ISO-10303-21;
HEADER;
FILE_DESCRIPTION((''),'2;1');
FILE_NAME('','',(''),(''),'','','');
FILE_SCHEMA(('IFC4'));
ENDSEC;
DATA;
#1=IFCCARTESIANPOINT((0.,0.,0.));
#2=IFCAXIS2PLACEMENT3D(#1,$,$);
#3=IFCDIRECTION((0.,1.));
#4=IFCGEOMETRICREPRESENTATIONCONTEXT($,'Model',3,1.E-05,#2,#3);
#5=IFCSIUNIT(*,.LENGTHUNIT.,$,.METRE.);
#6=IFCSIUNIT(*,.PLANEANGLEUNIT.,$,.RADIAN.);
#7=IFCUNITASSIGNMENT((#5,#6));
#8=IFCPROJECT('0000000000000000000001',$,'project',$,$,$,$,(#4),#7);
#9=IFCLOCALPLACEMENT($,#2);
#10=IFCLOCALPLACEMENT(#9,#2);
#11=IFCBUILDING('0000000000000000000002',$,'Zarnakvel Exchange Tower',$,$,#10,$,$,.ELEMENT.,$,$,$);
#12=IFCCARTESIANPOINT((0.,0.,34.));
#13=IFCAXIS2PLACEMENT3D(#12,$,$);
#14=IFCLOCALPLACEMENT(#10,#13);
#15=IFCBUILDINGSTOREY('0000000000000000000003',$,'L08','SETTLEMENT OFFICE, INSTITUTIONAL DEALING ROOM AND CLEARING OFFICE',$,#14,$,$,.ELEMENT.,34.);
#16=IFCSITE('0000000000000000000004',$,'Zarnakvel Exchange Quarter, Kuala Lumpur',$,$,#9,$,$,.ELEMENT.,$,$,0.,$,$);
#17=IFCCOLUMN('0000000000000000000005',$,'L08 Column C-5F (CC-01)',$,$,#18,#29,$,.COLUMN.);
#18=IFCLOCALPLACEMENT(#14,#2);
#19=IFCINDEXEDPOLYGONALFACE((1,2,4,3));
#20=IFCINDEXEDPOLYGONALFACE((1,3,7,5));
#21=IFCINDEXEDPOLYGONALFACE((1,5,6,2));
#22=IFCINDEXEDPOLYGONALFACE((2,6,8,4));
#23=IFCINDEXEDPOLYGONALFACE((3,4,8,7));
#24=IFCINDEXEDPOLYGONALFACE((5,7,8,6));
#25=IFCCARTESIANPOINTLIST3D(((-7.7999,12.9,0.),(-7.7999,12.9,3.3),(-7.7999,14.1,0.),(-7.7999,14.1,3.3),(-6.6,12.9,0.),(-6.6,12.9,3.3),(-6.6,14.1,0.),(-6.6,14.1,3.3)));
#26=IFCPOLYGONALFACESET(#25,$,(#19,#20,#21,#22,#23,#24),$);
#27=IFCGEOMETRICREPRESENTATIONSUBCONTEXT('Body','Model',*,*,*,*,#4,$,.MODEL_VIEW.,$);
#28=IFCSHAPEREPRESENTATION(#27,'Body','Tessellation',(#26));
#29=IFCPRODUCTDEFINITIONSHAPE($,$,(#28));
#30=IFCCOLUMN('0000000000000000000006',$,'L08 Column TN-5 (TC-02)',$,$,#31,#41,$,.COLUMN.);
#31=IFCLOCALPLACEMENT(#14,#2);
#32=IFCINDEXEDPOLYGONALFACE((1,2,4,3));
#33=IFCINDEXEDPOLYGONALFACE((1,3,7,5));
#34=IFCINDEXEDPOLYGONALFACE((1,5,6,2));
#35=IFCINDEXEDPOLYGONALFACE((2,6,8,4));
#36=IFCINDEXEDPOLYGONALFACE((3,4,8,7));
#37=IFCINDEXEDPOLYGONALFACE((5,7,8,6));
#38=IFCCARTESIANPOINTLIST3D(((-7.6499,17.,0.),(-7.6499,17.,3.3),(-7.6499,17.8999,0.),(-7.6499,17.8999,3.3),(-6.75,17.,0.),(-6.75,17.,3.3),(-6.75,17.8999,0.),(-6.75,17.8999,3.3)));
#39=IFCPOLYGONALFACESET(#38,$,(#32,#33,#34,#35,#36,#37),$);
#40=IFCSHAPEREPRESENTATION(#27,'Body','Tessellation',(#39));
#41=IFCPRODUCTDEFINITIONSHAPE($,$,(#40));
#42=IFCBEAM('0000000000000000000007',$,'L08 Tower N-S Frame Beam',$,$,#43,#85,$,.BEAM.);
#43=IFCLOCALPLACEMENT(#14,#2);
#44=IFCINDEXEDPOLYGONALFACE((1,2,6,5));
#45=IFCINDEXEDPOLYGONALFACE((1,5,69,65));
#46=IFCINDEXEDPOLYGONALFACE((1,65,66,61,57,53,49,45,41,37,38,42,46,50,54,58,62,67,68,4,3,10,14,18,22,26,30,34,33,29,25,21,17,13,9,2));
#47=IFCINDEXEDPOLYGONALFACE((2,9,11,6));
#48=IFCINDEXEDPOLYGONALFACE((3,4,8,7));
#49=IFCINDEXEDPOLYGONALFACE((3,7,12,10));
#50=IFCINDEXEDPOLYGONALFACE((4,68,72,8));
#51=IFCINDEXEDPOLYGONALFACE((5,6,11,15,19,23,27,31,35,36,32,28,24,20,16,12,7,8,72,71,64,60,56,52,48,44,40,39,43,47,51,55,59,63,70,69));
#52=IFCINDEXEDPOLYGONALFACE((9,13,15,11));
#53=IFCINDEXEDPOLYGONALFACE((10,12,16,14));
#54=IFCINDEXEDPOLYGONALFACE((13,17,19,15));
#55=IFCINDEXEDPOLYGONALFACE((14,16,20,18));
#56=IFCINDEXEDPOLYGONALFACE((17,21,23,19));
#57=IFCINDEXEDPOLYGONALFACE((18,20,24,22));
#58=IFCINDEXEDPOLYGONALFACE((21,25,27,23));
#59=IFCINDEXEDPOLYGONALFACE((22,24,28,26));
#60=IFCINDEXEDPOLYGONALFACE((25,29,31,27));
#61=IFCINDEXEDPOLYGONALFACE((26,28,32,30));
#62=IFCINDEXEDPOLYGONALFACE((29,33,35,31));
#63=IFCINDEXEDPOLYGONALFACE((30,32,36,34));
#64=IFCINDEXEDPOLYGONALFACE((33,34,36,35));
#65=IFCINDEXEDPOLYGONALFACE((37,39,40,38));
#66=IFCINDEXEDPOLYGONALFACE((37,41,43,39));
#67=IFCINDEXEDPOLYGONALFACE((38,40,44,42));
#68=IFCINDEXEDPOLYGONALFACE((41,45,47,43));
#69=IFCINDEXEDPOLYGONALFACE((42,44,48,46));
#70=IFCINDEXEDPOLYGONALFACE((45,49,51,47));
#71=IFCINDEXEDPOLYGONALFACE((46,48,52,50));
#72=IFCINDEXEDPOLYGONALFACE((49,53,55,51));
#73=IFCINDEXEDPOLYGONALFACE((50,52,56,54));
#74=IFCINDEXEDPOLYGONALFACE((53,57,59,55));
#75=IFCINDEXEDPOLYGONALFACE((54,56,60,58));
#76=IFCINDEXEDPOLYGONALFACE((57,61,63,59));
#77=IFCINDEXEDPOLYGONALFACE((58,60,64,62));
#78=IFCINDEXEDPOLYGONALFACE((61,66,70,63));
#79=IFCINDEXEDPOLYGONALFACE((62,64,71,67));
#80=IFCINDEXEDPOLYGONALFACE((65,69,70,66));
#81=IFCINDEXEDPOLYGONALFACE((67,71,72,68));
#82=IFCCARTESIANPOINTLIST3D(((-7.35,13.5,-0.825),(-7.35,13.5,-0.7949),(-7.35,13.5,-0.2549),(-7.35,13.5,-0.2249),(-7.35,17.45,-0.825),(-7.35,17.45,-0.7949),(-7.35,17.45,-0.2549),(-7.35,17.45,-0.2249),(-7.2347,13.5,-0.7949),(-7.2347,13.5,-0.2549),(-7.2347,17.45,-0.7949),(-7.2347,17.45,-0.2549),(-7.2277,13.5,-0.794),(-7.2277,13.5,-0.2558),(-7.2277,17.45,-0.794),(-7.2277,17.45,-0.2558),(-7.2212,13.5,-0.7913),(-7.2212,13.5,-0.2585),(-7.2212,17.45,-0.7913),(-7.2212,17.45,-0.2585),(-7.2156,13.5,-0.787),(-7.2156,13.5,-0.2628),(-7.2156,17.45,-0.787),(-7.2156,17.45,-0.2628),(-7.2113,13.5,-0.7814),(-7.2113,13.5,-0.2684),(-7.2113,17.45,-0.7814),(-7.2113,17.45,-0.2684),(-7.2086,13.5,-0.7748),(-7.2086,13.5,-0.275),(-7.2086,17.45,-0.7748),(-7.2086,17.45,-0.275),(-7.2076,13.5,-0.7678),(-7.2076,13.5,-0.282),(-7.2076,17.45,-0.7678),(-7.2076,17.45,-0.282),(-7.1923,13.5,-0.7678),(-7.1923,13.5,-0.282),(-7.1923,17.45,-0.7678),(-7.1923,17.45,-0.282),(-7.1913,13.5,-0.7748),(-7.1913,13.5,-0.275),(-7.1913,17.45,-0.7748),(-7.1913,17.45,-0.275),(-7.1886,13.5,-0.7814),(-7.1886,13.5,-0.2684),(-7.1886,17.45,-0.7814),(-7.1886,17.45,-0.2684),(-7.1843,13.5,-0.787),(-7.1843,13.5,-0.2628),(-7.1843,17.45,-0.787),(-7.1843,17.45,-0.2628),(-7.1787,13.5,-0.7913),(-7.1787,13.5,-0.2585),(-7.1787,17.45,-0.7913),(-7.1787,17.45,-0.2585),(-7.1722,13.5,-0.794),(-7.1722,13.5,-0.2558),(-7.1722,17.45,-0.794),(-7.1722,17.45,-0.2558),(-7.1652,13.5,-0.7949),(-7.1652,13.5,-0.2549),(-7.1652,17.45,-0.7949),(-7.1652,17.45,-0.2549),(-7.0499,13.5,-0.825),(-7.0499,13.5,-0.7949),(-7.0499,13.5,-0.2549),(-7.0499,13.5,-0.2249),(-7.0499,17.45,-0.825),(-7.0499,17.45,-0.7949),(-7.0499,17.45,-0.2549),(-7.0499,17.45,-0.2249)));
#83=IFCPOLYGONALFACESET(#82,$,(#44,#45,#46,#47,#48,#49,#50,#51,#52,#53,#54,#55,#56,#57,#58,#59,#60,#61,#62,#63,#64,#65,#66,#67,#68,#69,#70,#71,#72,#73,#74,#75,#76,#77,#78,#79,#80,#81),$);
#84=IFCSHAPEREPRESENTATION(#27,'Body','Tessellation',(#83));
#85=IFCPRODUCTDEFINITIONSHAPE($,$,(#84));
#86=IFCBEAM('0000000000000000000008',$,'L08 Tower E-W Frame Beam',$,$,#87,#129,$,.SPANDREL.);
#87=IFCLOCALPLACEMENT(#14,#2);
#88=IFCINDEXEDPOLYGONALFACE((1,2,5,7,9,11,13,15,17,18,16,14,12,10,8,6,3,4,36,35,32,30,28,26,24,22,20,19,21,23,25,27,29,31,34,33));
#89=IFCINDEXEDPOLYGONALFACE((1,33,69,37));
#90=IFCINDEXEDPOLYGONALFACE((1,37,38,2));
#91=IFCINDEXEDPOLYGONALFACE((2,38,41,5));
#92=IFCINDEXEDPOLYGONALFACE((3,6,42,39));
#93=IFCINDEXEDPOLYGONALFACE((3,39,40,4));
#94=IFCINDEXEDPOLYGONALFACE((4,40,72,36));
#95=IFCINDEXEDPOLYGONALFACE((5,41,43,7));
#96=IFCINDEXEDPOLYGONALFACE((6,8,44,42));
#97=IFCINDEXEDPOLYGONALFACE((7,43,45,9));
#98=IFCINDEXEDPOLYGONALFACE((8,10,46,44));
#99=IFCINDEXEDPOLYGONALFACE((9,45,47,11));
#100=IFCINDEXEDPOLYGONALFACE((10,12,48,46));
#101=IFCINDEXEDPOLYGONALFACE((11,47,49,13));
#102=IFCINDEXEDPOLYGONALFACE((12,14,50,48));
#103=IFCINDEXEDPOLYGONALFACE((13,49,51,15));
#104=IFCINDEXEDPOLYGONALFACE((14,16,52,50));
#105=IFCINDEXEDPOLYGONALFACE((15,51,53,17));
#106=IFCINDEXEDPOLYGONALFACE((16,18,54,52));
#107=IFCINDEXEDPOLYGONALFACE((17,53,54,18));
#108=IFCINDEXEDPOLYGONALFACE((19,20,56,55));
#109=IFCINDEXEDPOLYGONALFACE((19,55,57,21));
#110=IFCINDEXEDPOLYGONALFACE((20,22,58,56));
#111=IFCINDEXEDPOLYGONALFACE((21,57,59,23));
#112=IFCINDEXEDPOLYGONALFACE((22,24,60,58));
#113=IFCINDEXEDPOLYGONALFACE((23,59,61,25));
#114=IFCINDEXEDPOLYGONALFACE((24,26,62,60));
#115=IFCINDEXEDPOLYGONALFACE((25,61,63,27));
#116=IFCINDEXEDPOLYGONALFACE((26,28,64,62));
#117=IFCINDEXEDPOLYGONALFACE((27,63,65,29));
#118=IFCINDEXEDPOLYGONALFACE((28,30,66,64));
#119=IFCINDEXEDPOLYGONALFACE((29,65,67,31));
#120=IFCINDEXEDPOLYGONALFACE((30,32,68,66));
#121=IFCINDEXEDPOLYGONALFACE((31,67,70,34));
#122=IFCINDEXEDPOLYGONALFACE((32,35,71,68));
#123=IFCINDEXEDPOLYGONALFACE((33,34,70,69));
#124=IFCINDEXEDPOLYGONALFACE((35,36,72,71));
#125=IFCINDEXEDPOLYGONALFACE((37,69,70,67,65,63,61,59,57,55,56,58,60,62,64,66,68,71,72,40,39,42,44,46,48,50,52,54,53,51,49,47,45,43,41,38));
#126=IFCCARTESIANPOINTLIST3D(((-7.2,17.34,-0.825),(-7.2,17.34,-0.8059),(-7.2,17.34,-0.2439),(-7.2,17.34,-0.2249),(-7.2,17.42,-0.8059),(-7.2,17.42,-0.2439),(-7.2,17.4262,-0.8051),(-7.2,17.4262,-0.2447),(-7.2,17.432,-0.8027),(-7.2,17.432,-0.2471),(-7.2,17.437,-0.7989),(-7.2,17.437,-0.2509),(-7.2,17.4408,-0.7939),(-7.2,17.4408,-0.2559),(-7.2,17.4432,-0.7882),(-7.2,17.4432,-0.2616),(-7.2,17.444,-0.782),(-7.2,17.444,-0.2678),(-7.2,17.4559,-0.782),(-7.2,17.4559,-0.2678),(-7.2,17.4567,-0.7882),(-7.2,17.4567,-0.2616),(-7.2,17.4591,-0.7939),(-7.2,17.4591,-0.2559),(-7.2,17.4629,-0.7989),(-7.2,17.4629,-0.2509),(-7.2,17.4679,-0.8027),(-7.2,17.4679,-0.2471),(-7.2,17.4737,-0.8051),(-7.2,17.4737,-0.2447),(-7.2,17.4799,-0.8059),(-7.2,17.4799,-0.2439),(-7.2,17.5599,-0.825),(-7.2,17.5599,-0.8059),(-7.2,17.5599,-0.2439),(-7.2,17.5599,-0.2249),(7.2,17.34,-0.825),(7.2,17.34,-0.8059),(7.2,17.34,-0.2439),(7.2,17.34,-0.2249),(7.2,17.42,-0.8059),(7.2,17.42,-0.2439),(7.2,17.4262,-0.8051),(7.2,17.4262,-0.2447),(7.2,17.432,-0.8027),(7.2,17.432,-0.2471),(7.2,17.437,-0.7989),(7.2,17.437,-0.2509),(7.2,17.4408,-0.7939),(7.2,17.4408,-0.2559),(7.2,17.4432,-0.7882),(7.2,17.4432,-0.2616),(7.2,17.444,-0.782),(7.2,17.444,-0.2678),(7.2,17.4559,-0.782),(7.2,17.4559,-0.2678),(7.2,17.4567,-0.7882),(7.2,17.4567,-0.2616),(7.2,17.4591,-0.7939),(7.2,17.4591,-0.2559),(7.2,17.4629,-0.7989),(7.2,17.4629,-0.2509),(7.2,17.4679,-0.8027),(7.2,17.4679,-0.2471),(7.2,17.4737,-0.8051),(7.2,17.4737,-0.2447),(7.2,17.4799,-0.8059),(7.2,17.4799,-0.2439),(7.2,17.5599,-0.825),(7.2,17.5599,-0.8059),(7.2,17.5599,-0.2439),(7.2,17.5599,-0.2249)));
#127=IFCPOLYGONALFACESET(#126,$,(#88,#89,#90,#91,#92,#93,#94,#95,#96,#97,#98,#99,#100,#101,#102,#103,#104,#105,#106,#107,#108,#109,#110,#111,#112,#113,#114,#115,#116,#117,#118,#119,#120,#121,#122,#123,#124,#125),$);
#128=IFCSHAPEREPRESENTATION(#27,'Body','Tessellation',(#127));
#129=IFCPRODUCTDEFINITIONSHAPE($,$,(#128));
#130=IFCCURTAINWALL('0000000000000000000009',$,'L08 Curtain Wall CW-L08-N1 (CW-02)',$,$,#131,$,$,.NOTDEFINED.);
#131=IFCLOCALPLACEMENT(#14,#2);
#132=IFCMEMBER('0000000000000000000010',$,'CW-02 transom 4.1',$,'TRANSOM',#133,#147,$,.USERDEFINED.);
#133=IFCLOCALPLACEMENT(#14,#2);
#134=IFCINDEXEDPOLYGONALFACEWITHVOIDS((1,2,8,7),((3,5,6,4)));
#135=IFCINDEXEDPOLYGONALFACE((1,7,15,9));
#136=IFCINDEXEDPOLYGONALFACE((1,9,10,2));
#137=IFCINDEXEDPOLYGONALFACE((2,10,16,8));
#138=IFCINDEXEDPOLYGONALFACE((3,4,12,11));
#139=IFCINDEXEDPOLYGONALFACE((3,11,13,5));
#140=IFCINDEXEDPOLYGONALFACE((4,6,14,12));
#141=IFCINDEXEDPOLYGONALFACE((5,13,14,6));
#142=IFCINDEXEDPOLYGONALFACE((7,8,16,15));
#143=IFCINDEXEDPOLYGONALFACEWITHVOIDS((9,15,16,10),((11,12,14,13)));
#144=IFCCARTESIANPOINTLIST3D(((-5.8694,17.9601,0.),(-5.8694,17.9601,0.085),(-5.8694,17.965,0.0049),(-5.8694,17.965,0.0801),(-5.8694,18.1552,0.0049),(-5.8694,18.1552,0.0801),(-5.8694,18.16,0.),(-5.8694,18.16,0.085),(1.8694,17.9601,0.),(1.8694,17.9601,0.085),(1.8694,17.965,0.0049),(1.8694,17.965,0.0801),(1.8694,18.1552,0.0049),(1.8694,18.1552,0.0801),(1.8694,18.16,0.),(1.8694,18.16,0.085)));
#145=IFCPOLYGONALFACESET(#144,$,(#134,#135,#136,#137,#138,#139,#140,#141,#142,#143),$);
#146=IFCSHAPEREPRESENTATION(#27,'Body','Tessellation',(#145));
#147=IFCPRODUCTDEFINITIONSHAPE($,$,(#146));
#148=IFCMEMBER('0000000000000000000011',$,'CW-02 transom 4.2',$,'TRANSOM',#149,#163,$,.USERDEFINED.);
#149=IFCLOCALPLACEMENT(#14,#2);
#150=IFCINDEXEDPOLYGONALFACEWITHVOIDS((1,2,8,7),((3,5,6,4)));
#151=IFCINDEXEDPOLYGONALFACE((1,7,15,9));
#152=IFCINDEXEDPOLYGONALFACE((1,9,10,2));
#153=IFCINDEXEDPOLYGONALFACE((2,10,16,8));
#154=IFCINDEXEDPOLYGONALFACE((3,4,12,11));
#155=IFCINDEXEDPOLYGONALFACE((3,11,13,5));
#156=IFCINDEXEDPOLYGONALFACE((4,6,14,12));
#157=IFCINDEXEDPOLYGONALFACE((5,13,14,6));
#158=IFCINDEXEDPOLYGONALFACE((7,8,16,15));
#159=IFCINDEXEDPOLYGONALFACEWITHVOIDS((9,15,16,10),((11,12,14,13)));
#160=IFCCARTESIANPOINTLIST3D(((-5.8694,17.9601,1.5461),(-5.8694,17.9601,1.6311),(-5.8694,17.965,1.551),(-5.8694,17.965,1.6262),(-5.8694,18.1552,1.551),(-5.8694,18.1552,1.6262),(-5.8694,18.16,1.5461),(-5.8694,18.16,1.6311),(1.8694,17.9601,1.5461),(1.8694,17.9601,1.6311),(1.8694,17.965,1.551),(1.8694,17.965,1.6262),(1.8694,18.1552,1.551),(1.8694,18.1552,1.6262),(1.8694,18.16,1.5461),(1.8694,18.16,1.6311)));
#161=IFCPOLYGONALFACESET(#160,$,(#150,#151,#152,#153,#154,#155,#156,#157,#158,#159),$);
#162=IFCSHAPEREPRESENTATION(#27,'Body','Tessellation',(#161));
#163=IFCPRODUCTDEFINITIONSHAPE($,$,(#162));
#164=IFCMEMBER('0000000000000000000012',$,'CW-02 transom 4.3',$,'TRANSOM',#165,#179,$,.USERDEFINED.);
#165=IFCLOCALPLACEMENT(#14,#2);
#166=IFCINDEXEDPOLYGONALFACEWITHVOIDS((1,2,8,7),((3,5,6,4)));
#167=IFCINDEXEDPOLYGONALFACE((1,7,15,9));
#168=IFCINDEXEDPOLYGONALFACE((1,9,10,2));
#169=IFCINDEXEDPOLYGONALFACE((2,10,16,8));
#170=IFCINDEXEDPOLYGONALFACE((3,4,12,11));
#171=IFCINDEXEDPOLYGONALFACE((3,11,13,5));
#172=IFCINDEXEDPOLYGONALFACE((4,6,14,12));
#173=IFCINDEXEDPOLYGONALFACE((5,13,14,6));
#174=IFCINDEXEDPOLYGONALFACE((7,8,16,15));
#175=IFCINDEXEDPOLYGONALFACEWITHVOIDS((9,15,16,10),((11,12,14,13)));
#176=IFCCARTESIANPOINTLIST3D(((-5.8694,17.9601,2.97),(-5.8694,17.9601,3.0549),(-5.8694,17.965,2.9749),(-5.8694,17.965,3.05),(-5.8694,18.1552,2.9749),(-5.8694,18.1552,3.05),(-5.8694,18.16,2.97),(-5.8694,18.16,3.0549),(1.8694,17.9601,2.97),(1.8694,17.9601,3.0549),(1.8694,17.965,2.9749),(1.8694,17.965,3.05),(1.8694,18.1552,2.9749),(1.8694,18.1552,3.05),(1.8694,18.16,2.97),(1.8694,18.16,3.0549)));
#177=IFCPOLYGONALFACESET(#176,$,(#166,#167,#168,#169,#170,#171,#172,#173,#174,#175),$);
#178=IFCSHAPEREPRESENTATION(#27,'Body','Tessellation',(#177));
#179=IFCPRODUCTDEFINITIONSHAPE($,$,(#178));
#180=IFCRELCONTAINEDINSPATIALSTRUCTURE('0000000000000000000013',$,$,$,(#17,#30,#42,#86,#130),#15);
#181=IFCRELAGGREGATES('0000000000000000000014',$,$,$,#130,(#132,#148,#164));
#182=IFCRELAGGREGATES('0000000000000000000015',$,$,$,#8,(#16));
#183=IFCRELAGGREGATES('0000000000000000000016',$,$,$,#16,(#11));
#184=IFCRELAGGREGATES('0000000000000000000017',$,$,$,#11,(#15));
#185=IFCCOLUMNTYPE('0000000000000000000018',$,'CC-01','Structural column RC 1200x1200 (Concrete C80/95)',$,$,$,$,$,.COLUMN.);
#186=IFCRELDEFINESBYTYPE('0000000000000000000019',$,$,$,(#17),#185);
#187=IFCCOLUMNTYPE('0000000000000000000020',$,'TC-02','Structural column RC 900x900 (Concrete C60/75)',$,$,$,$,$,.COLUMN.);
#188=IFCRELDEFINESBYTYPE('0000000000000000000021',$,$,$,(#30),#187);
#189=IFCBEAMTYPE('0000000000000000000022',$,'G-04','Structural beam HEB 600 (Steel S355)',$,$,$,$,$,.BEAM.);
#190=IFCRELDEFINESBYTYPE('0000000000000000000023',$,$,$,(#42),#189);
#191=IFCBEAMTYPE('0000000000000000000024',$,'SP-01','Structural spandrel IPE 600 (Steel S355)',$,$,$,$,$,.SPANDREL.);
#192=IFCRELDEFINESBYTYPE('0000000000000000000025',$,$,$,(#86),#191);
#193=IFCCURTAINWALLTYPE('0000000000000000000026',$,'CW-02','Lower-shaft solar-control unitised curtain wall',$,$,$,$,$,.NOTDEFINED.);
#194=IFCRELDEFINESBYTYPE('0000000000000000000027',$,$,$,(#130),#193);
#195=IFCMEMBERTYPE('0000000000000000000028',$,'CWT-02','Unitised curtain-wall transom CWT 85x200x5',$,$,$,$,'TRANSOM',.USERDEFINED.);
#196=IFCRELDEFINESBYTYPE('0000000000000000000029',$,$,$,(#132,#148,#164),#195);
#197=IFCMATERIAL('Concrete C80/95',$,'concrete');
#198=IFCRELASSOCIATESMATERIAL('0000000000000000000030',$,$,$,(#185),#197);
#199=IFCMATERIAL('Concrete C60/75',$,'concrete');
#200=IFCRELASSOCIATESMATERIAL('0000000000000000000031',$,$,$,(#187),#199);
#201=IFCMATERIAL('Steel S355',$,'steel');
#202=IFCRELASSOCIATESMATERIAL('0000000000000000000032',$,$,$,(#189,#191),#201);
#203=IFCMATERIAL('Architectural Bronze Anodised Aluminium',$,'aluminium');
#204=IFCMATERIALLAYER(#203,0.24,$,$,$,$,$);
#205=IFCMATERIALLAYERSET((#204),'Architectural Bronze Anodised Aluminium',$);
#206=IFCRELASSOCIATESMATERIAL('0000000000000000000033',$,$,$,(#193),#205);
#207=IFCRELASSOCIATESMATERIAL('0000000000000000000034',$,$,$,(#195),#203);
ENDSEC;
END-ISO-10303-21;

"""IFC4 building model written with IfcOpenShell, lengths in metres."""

from ifc_helpers import new_model, si_unit, direction, frame, origin, origin_2d, place, context, subcontext, project, spatial, rectangle, hollow_rectangle, i_section, extrude, source, transform, mapped, material, layer, layer_set, material_profile, profile_set, type_object, element, aggregate, save


model = new_model("IFC4")

# Units and contexts
model_context = context("Model", 3, precision=1e-05, world=origin(), true_north=direction((0.0, 1.0)))
body_context = subcontext(model_context, "Body", "Model", "MODEL_VIEW")
ifc_project = project(units=[si_unit("LENGTHUNIT", "METRE"), si_unit("PLANEANGLEUNIT", "RADIAN")], contexts=[model_context])

# Site, building, storey
site_placement = place(None, origin())
site = spatial("IfcSite", under=ifc_project, at=site_placement, Name="Zarnakvel Exchange Quarter, Kuala Lumpur", CompositionType="ELEMENT", RefElevation=0.0)
building_placement = place(site_placement, origin())
building = spatial("IfcBuilding", under=site, at=building_placement, Name="Zarnakvel Exchange Tower", CompositionType="ELEMENT")
storey_placement = place(building_placement, frame((0.0, 0.0, 34.0)))
storey = spatial("IfcBuildingStorey", under=building, at=storey_placement, Name="L08", Description="SETTLEMENT OFFICE, INSTITUTIONAL DEALING ROOM AND CLEARING OFFICE", CompositionType="ELEMENT", Elevation=34.0)

# Columns
ifc_material_1 = material(Name="Concrete C80/95", Category="concrete")
ifc_material_profile_1 = material_profile(ifc_material_1, rectangle(XDim=1.2, YDim=1.2, at=origin_2d()))
ifc_profile_set_1 = profile_set([ifc_material_profile_1], Name="Concrete C80/95")
column_type_1 = type_object("IfcColumnType", Name="CC-01", Description="Structural column RC 1200x1200 (Concrete C80/95)", PredefinedType="COLUMN", material=ifc_profile_set_1)
column_1_placement = place(storey_placement, frame((-7.2, 13.5, 0.0), z_axis=(0.0, 0.0, 1.0), x_axis=(1.0, 0.0, 0.0)))
element("IfcColumn", 1, at=column_1_placement, inside=storey, type_object=column_type_1, Name="L08 Column C-5F (CC-01)", PredefinedType="COLUMN", context=body_context, shape_type="SweptSolid", body=[
    extrude(rectangle(XDim=1.2, YDim=1.2, at=origin_2d()), origin(), (0.0, 0.0, 1.0), 3.3),
])
ifc_material_2 = material(Name="Concrete C60/75", Category="concrete")
ifc_material_profile_2 = material_profile(ifc_material_2, rectangle(XDim=0.8999, YDim=0.8999, at=origin_2d()))
ifc_profile_set_2 = profile_set([ifc_material_profile_2], Name="Concrete C60/75")
column_type_2 = type_object("IfcColumnType", Name="TC-02", Description="Structural column RC 900x900 (Concrete C60/75)", PredefinedType="COLUMN", material=ifc_profile_set_2)
column_2_placement = place(storey_placement, frame((-7.2, 17.45, 0.0), z_axis=(0.0, 0.0, 1.0), x_axis=(1.0, 0.0, 0.0)))
element("IfcColumn", 2, at=column_2_placement, inside=storey, type_object=column_type_2, Name="L08 Column TN-5 (TC-02)", PredefinedType="COLUMN", context=body_context, shape_type="SweptSolid", body=[
    extrude(rectangle(XDim=0.8999, YDim=0.8999, at=origin_2d()), origin(), (0.0, 0.0, 1.0), 3.3),
])

# Beams
ifc_material_3 = material(Name="Steel S355", Category="steel")
ifc_material_profile_3 = material_profile(ifc_material_3, i_section(OverallWidth=0.3, OverallDepth=0.6001, WebThickness=0.0154, FlangeThickness=0.03, FilletRadius=0.0271, at=origin_2d()))
ifc_profile_set_3 = profile_set([ifc_material_profile_3], Name="Steel S355")
beam_type_1 = type_object("IfcBeamType", Name="G-04", Description="Structural beam HEB 600 (Steel S355)", PredefinedType="BEAM", material=ifc_profile_set_3)
beam_1_placement = place(storey_placement, frame((-7.2, 13.5, -0.5249), z_axis=(0.0, 1.0, 0.0), x_axis=(-1.0, 0.0, 0.0)))
element("IfcBeam", 3, at=beam_1_placement, inside=storey, type_object=beam_type_1, Name="L08 Tower N-S Frame Beam", PredefinedType="BEAM", context=body_context, shape_type="SweptSolid", body=[
    extrude(i_section(OverallWidth=0.3, OverallDepth=0.6001, WebThickness=0.0154, FlangeThickness=0.03, FilletRadius=0.0271, at=origin_2d()), origin(), (0.0, 0.0, 1.0), 3.95),
])
ifc_material_profile_4 = material_profile(ifc_material_3, i_section(OverallWidth=0.22, OverallDepth=0.6001, WebThickness=0.012, FlangeThickness=0.019, FilletRadius=0.0239, at=origin_2d()))
ifc_profile_set_4 = profile_set([ifc_material_profile_4], Name="Steel S355")
beam_type_2 = type_object("IfcBeamType", Name="SP-01", Description="Structural spandrel IPE 600 (Steel S355)", PredefinedType="SPANDREL", material=ifc_profile_set_4)
beam_2_placement = place(storey_placement, frame((-7.2, 17.45, -0.5249), z_axis=(1.0, 0.0, 0.0), x_axis=(0.0, 1.0, 0.0)))
element("IfcBeam", 4, at=beam_2_placement, inside=storey, type_object=beam_type_2, Name="L08 Tower E-W Frame Beam", PredefinedType="SPANDREL", context=body_context, shape_type="SweptSolid", body=[
    extrude(i_section(OverallWidth=0.22, OverallDepth=0.6001, WebThickness=0.012, FlangeThickness=0.019, FilletRadius=0.0239, at=origin_2d()), origin(), (0.0, 0.0, 1.0), 14.3999),
])

# Curtain wall, members
ifc_material_4 = material(Name="Architectural Bronze Anodised Aluminium", Category="aluminium")
ifc_layer_1 = layer(ifc_material_4, 0.24)
ifc_layer_set_1 = layer_set([ifc_layer_1], Name="Architectural Bronze Anodised Aluminium")
curtain_wall_type = type_object("IfcCurtainWallType", Name="CW-02", Description="Lower-shaft solar-control unitised curtain wall", PredefinedType="NOTDEFINED", material=ifc_layer_set_1)
curtain_wall_placement = place(storey_placement, origin())
curtain_wall = element("IfcCurtainWall", 5, at=curtain_wall_placement, inside=storey, type_object=curtain_wall_type, Name="L08 Curtain Wall CW-L08-N1 (CW-02)", PredefinedType="NOTDEFINED")
ifc_material_profile_5 = material_profile(ifc_material_4, hollow_rectangle(XDim=0.2, YDim=0.085, WallThickness=0.0049, at=origin_2d()))
ifc_profile_set_5 = profile_set([ifc_material_profile_5], Name="Architectural Bronze Anodised Aluminium")
member_type_1 = type_object("IfcMemberType", Name="CWT-02", Description="Unitised curtain-wall transom CWT 85x200x5", ElementType="TRANSOM", PredefinedType="USERDEFINED", material=ifc_profile_set_5)
shared_shape_1 = source(origin(), body_context, "Body", "SweptSolid", [
    extrude(hollow_rectangle(XDim=0.2, YDim=0.085, WallThickness=0.0049, at=origin_2d()), origin(), (0.0, 0.0, 1.0), 7.7388),
])
member_1_placement = place(storey_placement, frame((-5.8694, 18.0601, 0.0425), z_axis=(1.0, 0.0, 0.0), x_axis=(0.0, 1.0, 0.0)))
member_1 = element("IfcMember", 6, at=member_1_placement, type_object=member_type_1, Name="CW-02 transom 4.1", ObjectType="TRANSOM", PredefinedType="USERDEFINED", context=body_context, shape_type="MappedRepresentation", body=[
    mapped(shared_shape_1, transform((0.0, 0.0, 0.0), x_axis=(1.0, 0.0, 0.0), y_axis=(0.0, 1.0, 0.0), z_axis=(0.0, 0.0, 1.0), scale=1.0)),
])
member_2_placement = place(storey_placement, frame((-5.8694, 18.0601, 1.5886), z_axis=(1.0, 0.0, 0.0), x_axis=(0.0, 1.0, 0.0)))
member_2 = element("IfcMember", 7, at=member_2_placement, type_object=member_type_1, Name="CW-02 transom 4.2", ObjectType="TRANSOM", PredefinedType="USERDEFINED", context=body_context, shape_type="MappedRepresentation", body=[
    mapped(shared_shape_1, transform((0.0, 0.0, 0.0), x_axis=(1.0, 0.0, 0.0), y_axis=(0.0, 1.0, 0.0), z_axis=(0.0, 0.0, 1.0), scale=1.0)),
])
member_3_placement = place(storey_placement, frame((-5.8694, 18.0601, 3.0125), z_axis=(1.0, 0.0, 0.0), x_axis=(0.0, 1.0, 0.0)))
member_3 = element("IfcMember", 8, at=member_3_placement, type_object=member_type_1, Name="CW-02 transom 4.3", ObjectType="TRANSOM", PredefinedType="USERDEFINED", context=body_context, shape_type="MappedRepresentation", body=[
    mapped(shared_shape_1, transform((0.0, 0.0, 0.0), x_axis=(1.0, 0.0, 0.0), y_axis=(0.0, 1.0, 0.0), z_axis=(0.0, 0.0, 1.0), scale=1.0)),
])
aggregate(curtain_wall, [member_1, member_2, member_3])

save(model, "model.ifc")
